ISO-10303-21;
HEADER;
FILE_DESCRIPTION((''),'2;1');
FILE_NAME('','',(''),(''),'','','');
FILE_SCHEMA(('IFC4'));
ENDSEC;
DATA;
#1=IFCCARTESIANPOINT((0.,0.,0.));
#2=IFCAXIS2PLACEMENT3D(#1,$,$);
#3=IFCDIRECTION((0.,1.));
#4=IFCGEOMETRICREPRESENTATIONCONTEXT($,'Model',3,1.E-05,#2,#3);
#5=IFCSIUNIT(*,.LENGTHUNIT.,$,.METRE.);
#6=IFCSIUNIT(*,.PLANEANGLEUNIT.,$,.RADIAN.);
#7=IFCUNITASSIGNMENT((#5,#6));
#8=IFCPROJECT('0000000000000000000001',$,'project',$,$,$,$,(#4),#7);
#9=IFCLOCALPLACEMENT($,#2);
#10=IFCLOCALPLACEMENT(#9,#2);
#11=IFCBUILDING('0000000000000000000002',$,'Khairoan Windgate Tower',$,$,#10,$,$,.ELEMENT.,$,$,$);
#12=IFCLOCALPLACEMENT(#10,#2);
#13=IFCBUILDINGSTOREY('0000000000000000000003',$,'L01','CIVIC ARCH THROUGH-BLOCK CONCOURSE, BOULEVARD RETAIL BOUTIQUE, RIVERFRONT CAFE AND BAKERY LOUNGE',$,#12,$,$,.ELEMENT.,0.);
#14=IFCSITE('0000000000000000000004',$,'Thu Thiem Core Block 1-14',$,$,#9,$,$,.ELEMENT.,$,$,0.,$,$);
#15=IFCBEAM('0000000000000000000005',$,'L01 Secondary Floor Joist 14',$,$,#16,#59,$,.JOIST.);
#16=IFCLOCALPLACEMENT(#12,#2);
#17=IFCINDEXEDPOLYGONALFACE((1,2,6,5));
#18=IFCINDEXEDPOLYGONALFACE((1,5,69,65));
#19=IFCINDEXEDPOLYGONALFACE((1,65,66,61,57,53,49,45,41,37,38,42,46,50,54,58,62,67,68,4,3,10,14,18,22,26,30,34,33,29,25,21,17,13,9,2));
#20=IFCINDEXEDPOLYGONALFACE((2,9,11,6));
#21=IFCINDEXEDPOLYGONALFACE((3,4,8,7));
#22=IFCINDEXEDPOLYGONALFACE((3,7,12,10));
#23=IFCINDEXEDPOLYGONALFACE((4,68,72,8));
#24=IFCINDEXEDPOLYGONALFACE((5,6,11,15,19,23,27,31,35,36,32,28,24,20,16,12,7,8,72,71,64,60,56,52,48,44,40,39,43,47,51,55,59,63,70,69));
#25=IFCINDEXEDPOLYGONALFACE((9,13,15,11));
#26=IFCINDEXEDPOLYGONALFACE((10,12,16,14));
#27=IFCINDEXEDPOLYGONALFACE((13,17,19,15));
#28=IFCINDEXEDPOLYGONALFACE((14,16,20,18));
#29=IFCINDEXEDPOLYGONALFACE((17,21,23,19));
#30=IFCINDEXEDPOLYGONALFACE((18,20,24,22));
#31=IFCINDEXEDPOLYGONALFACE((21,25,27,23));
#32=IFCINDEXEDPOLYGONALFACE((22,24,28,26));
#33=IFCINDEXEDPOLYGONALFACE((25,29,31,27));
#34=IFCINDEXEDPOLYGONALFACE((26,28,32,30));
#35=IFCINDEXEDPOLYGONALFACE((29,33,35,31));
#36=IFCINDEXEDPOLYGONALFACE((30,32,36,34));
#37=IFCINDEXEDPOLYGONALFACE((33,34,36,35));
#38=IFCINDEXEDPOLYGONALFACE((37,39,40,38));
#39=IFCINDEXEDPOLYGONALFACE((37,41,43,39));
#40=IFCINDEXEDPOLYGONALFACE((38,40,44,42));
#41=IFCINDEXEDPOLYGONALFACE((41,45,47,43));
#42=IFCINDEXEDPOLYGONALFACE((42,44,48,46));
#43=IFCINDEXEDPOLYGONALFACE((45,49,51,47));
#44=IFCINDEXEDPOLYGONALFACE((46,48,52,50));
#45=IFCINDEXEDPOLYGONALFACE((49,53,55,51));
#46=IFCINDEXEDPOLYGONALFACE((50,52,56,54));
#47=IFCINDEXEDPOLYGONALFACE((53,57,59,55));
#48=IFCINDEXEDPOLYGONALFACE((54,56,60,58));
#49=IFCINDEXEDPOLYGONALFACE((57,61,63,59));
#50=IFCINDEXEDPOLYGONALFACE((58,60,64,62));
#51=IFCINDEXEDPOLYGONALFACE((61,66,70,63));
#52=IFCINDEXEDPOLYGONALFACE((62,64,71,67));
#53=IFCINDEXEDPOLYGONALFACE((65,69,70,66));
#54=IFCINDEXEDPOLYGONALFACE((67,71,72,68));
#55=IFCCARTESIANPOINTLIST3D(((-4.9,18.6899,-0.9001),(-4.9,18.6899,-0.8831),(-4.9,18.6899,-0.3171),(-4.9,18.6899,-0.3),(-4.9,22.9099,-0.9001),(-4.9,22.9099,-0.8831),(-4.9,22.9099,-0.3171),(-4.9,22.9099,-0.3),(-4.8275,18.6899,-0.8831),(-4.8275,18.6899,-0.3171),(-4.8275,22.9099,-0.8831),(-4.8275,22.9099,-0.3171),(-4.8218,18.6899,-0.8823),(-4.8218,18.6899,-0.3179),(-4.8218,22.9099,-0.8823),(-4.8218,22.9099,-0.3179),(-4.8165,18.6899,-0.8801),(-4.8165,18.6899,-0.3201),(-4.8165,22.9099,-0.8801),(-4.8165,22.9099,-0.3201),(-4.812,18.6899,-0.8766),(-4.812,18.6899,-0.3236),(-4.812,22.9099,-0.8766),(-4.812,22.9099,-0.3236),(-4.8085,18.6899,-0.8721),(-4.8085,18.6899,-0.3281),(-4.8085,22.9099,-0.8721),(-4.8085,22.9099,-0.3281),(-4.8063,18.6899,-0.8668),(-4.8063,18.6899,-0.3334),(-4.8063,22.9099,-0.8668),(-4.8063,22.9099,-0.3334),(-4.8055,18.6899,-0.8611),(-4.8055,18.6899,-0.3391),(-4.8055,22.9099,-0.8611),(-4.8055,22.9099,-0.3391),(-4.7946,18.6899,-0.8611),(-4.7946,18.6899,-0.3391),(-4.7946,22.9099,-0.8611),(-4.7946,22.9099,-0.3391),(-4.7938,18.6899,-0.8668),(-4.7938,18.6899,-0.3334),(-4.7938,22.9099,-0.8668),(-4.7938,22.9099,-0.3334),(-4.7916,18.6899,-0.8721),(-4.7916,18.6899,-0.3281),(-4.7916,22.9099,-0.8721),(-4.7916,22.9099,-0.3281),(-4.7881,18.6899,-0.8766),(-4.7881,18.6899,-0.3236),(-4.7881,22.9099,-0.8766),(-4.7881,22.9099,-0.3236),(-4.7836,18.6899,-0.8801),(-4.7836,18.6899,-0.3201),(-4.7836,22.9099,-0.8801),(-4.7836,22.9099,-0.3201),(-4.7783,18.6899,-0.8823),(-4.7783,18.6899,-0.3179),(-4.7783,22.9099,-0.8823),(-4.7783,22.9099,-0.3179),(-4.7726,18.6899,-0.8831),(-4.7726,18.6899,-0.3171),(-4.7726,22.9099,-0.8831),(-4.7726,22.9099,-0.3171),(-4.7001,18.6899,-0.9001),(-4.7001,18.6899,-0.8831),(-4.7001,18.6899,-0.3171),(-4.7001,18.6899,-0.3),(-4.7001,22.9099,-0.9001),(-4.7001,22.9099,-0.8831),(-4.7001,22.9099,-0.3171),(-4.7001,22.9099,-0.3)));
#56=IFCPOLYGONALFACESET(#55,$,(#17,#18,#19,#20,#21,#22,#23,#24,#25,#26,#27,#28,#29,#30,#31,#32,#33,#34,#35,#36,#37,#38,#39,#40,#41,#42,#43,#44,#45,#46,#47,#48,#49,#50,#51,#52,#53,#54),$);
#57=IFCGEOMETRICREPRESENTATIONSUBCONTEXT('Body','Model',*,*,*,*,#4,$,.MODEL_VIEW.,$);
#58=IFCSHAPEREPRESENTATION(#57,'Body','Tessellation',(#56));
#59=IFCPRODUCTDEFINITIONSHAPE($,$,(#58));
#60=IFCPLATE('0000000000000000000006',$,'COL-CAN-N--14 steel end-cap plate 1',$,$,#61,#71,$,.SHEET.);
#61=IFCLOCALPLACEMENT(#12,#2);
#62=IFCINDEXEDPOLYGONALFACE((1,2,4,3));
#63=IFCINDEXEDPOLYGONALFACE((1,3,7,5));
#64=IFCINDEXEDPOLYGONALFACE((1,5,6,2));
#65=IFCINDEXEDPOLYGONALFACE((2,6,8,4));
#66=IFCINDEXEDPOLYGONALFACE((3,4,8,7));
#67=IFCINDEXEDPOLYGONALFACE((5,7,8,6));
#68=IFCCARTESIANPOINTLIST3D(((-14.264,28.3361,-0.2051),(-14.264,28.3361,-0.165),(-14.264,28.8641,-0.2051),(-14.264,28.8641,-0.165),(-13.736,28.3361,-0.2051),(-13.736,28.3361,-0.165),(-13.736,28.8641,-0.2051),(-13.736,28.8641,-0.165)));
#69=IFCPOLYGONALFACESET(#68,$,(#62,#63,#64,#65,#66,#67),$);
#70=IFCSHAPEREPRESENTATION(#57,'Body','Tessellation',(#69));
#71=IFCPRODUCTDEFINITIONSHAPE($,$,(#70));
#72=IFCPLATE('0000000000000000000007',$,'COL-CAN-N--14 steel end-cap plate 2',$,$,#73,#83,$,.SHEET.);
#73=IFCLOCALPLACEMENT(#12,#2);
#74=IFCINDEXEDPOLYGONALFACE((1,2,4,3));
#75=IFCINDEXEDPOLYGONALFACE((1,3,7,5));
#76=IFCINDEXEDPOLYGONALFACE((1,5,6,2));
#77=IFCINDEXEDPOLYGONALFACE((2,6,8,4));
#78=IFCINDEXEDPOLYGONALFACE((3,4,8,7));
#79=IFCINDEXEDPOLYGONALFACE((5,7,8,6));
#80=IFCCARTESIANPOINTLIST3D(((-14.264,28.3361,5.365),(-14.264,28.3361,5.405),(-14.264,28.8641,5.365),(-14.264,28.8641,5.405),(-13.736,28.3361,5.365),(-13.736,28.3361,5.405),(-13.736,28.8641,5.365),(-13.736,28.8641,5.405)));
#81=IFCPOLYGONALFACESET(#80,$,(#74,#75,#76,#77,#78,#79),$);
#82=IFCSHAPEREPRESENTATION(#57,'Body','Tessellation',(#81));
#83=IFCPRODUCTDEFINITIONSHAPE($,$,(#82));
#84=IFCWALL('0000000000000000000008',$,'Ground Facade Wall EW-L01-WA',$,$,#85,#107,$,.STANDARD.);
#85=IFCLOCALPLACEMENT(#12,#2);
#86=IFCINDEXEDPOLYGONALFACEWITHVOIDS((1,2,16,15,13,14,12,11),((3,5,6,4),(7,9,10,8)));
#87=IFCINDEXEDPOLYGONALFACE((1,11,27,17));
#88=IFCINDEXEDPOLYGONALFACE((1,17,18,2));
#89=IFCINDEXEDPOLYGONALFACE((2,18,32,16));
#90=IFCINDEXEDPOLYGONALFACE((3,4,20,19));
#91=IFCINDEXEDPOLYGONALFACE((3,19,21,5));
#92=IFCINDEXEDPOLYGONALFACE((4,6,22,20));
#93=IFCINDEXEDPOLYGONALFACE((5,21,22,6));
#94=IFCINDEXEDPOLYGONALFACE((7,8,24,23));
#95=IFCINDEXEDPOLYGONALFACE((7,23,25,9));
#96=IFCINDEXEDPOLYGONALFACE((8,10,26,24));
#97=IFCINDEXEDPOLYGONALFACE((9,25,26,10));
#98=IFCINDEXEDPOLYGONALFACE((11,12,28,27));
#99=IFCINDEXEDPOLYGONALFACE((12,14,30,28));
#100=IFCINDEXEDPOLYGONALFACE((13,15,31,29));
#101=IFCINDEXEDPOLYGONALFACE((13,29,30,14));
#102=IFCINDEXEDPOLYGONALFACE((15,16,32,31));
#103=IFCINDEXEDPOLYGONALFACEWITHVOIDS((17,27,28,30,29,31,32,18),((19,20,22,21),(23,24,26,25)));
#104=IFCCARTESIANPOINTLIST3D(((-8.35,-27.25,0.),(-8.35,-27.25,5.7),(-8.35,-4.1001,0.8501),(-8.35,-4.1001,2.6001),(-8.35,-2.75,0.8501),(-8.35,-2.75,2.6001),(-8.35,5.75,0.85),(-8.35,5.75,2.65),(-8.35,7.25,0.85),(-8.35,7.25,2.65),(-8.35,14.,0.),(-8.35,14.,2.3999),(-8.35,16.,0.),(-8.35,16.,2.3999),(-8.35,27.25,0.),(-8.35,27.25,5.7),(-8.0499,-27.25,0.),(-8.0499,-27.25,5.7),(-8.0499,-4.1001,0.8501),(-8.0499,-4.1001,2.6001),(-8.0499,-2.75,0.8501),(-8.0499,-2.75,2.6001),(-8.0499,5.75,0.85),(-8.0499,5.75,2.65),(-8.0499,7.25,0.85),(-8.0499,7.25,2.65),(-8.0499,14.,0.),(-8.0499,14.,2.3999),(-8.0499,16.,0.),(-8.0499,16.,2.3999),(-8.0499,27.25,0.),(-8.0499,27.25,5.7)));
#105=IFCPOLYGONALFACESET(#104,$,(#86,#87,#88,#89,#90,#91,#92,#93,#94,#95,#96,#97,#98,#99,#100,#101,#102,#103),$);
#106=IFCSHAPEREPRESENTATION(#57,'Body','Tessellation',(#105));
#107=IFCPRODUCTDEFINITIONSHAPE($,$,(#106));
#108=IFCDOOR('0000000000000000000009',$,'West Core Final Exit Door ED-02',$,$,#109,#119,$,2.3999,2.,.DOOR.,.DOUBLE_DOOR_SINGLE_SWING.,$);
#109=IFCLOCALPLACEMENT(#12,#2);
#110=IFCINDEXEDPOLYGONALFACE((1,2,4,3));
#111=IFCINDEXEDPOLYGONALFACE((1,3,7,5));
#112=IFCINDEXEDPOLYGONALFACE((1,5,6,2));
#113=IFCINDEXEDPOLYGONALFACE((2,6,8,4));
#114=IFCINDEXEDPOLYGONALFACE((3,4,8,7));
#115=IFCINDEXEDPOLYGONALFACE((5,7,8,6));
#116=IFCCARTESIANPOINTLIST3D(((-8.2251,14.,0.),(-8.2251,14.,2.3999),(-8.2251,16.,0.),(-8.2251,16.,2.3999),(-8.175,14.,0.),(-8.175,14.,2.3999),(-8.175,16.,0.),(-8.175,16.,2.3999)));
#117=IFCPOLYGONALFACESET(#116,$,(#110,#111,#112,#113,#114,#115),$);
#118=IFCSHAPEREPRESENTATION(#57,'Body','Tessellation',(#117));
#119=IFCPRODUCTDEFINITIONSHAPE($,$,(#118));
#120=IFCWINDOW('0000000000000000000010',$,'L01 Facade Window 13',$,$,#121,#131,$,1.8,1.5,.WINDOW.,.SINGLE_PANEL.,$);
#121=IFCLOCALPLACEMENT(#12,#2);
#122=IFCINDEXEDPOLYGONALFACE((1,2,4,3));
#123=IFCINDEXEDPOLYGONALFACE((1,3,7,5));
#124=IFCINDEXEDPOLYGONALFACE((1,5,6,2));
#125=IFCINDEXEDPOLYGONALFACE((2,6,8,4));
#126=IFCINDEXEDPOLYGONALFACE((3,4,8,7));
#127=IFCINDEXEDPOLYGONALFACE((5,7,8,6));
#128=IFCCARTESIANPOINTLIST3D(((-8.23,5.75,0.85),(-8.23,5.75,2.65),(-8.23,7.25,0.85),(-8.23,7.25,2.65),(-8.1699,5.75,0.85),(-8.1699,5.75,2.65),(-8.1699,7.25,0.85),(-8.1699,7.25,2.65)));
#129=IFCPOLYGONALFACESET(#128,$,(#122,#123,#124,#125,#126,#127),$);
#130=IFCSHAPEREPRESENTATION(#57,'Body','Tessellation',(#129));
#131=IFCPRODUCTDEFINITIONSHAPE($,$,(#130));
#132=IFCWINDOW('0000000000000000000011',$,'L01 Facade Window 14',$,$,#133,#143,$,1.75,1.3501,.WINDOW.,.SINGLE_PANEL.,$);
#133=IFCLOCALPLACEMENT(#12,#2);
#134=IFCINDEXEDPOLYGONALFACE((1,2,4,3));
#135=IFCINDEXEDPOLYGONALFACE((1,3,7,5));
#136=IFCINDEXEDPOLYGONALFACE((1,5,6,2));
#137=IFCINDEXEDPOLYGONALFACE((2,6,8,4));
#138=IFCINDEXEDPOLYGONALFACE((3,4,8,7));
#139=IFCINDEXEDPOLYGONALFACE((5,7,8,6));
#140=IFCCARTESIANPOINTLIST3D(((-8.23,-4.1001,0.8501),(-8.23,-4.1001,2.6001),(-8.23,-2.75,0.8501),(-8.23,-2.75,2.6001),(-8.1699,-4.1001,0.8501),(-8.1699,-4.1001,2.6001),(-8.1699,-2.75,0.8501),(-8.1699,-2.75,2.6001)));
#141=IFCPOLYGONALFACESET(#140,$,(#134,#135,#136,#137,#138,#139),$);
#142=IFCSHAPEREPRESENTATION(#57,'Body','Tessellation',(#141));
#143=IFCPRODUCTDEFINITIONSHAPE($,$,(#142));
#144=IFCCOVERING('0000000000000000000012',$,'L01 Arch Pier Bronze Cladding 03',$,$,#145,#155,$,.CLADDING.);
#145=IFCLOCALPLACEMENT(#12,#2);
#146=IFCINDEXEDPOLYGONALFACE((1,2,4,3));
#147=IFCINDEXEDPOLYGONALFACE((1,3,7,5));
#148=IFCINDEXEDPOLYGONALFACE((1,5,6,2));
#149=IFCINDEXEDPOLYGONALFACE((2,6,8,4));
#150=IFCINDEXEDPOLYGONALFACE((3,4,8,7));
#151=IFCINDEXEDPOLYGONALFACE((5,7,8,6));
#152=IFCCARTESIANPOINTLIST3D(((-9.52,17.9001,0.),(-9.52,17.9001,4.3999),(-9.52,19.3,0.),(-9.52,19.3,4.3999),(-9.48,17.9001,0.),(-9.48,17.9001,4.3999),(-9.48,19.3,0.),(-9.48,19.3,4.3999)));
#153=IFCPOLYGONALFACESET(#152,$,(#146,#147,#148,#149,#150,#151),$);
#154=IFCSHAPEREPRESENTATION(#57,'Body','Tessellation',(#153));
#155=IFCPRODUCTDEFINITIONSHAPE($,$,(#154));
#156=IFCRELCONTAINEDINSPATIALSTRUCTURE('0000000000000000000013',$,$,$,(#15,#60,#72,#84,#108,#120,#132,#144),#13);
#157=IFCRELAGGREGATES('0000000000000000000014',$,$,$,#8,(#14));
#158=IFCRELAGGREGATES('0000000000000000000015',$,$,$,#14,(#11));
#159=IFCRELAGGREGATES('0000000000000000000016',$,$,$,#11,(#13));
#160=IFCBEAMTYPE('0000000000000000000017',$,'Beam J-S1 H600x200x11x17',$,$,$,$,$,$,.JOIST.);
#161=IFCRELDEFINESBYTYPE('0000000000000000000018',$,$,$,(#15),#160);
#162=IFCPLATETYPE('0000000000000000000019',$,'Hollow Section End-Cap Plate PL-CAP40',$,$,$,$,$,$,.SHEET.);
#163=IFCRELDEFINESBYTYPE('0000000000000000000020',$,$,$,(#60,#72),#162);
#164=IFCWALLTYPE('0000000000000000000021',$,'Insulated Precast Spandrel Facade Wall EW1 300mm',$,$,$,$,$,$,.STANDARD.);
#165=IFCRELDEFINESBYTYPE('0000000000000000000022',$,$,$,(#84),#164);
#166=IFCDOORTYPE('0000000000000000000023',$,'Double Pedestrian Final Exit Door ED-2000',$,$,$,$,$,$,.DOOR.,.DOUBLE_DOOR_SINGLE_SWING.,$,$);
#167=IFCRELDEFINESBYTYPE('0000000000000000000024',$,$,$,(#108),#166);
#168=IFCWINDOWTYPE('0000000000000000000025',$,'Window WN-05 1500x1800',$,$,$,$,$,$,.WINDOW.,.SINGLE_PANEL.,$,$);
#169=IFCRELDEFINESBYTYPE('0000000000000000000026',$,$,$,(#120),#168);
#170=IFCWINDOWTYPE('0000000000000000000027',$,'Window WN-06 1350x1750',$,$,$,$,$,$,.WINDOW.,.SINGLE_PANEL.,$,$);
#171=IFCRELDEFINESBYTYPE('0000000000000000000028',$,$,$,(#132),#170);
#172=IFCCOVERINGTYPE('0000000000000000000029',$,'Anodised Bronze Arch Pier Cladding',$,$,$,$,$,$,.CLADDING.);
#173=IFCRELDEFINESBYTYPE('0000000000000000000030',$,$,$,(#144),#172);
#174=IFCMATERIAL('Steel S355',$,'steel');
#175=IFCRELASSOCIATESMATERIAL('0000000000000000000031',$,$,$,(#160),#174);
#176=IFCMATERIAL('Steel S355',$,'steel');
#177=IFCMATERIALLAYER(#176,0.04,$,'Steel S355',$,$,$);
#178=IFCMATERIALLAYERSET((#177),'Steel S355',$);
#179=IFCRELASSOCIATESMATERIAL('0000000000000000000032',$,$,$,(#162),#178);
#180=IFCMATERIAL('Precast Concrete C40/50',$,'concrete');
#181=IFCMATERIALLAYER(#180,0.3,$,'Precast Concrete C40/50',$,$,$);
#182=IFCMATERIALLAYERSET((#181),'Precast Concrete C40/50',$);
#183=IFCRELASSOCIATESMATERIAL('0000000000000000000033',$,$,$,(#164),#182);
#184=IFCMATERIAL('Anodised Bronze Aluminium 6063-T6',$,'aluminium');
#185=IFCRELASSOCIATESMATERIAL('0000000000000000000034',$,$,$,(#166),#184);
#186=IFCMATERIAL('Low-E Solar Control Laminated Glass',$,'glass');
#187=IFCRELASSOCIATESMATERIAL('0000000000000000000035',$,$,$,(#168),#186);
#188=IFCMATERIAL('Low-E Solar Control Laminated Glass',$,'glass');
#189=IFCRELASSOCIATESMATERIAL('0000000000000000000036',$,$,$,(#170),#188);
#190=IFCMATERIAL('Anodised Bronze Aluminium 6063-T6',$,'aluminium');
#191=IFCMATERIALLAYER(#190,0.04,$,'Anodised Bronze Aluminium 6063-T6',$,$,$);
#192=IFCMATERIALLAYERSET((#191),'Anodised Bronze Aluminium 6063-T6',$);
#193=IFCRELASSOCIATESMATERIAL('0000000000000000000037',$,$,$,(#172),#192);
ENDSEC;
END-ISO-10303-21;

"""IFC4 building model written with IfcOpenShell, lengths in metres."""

from ifc_helpers import new_model, si_unit, direction, frame, frame_2d, origin, origin_2d, place, context, subcontext, project, spatial, rectangle, i_section, extrude, material, layer, layer_set, material_profile, profile_set, type_object, element, fill, save


model = new_model("IFC4")

# Units and contexts
model_context = context("Model", 3, precision=1e-05, world=origin(), true_north=direction((0.0, 1.0)))
body_context = subcontext(model_context, "Body", "Model", "MODEL_VIEW")
ifc_project = project(units=[si_unit("LENGTHUNIT", "METRE"), si_unit("PLANEANGLEUNIT", "RADIAN")], contexts=[model_context])

# Site, building, storey
site_placement = place(None, origin())
site = spatial("IfcSite", under=ifc_project, at=site_placement, Name="Thu Thiem Core Block 1-14", CompositionType="ELEMENT", RefElevation=0.0)
building_placement = place(site_placement, origin())
building = spatial("IfcBuilding", under=site, at=building_placement, Name="Khairoan Windgate Tower", CompositionType="ELEMENT")
storey_placement = place(building_placement, origin())
storey = spatial("IfcBuildingStorey", under=building, at=storey_placement, Name="L01", Description="CIVIC ARCH THROUGH-BLOCK CONCOURSE, BOULEVARD RETAIL BOUTIQUE, RIVERFRONT CAFE AND BAKERY LOUNGE", CompositionType="ELEMENT", Elevation=0.0)

# Beam
ifc_material_1 = material(Name="Steel S355", Category="steel")
ifc_material_profile_1 = material_profile(ifc_material_1, i_section(OverallWidth=0.2, OverallDepth=0.6001, WebThickness=0.011, FlangeThickness=0.0171, FilletRadius=0.022, at=origin_2d()))
ifc_profile_set_1 = profile_set([ifc_material_profile_1], Name="Steel S355")
beam_type_1 = type_object("IfcBeamType", Name="Beam J-S1 H600x200x11x17", PredefinedType="JOIST", material=ifc_profile_set_1)
beam_1_placement = place(storey_placement, frame((-4.8, 18.6899, -0.6001), z_axis=(0.0, 1.0, 0.0), x_axis=(-1.0, 0.0, 0.0)))
element("IfcBeam", 1, at=beam_1_placement, inside=storey, type_object=beam_type_1, Name="L01 Secondary Floor Joist 14", PredefinedType="JOIST", context=body_context, shape_type="SweptSolid", body=[
    extrude(i_section(OverallWidth=0.2, OverallDepth=0.6001, WebThickness=0.011, FlangeThickness=0.0171, FilletRadius=0.022, at=origin_2d()), origin(), (0.0, 0.0, 1.0), 4.22),
])

# Plates
ifc_material_2 = material(Name="Steel S355", Category="steel")
ifc_layer_1 = layer(ifc_material_2, 0.04, Name="Steel S355")
ifc_layer_set_1 = layer_set([ifc_layer_1], Name="Steel S355")
plate_type = type_object("IfcPlateType", Name="Hollow Section End-Cap Plate PL-CAP40", PredefinedType="SHEET", material=ifc_layer_set_1)
for number, where, z_axis, x_axis, name in (
    (2, (-14.0, 28.6001, -0.2051), (0.0, 0.0, 1.0), (1.0, 0.0, 0.0), "COL-CAN-N--14 steel end-cap plate 1"),
    (3, (-14.0, 28.6001, 5.365), (0.0, 0.0, 1.0), (1.0, 0.0, 0.0), "COL-CAN-N--14 steel end-cap plate 2"),
):
    element("IfcPlate", number, at=place(storey_placement, frame(where, z_axis=z_axis, x_axis=x_axis)), inside=storey, type_object=plate_type, Name=name, PredefinedType="SHEET", context=body_context, shape_type="SweptSolid", body=[
        extrude(rectangle(XDim=0.5281, YDim=0.5281, at=origin_2d()), origin(), (0.0, 0.0, 1.0), 0.04),
    ])

# Wall, openings, door, windows
ifc_material_3 = material(Name="Precast Concrete C40/50", Category="concrete")
ifc_layer_2 = layer(ifc_material_3, 0.3, Name="Precast Concrete C40/50")
ifc_layer_set_2 = layer_set([ifc_layer_2], Name="Precast Concrete C40/50")
wall_type = type_object("IfcWallType", Name="Insulated Precast Spandrel Facade Wall EW1 300mm", PredefinedType="STANDARD", material=ifc_layer_set_2)
wall_placement = place(storey_placement, frame((-8.2, 27.25, 0.0), z_axis=(0.0, 0.0, 1.0), x_axis=(0.0, -1.0, 0.0)))
wall = element("IfcWall", 4, at=wall_placement, inside=storey, type_object=wall_type, Name="Ground Facade Wall EW-L01-WA", PredefinedType="STANDARD", context=body_context, shape_type="SweptSolid", body=[
    extrude(rectangle(XDim=54.5, YDim=0.3, at=frame_2d((27.25, 0.0))), origin(), (0.0, 0.0, 1.0), 5.7),
])
opening_1_placement = place(wall_placement, frame((11.25, 0.0, 0.0)))
opening_1 = element("IfcOpeningElement", 5, at=opening_1_placement, cuts=wall, PredefinedType="OPENING", context=body_context, shape_type="SweptSolid", body=[
    extrude(rectangle(XDim=2.0, YDim=2.3999, at=frame_2d((1.0, 1.2))), frame((0.0, 0.1599, 0.0), z_axis=(0.0, -1.0, 0.0), x_axis=(1.0, 0.0, 0.0)), (0.0, 0.0, 1.0), 0.3201),
])
opening_2_placement = place(wall_placement, frame((20.0, 0.0, 0.8501)))
opening_2 = element("IfcOpeningElement", 6, at=opening_2_placement, cuts=wall, PredefinedType="OPENING", context=body_context, shape_type="SweptSolid", body=[
    extrude(rectangle(XDim=1.5, YDim=1.8, at=frame_2d((0.75, 0.8999))), frame((0.0, 0.1599, 0.0), z_axis=(0.0, -1.0, 0.0), x_axis=(1.0, 0.0, 0.0)), (0.0, 0.0, 1.0), 0.3201),
])
opening_3_placement = place(wall_placement, frame((30.0, 0.0, 0.8501)))
opening_3 = element("IfcOpeningElement", 7, at=opening_3_placement, cuts=wall, PredefinedType="OPENING", context=body_context, shape_type="SweptSolid", body=[
    extrude(rectangle(XDim=1.3501, YDim=1.75, at=frame_2d((0.675, 0.875))), frame((0.0, 0.1599, 0.0), z_axis=(0.0, -1.0, 0.0), x_axis=(1.0, 0.0, 0.0)), (0.0, 0.0, 1.0), 0.3201),
])
ifc_material_4 = material(Name="Anodised Bronze Aluminium 6063-T6", Category="aluminium")
door_type = type_object("IfcDoorType", Name="Double Pedestrian Final Exit Door ED-2000", OperationType="DOUBLE_DOOR_SINGLE_SWING", PredefinedType="DOOR", material=ifc_material_4)
door_placement = place(opening_1_placement, origin())
door = element("IfcDoor", 8, at=door_placement, inside=storey, type_object=door_type, Name="West Core Final Exit Door ED-02", OperationType="DOUBLE_DOOR_SINGLE_SWING", OverallHeight=2.3999, OverallWidth=2.0, PredefinedType="DOOR", context=body_context, shape_type="SweptSolid", body=[
    extrude(rectangle(XDim=2.0, YDim=2.3999, at=frame_2d((1.0, 1.2))), frame((0.0, 0.0249, 0.0), z_axis=(0.0, -1.0, 0.0), x_axis=(1.0, 0.0, 0.0)), (0.0, 0.0, 1.0), 0.05),
])
fill(opening_1, door)
ifc_material_5 = material(Name="Low-E Solar Control Laminated Glass", Category="glass")
window_type_1 = type_object("IfcWindowType", Name="Window WN-05 1500x1800", PartitioningType="SINGLE_PANEL", PredefinedType="WINDOW", material=ifc_material_5)
window_1_placement = place(opening_2_placement, origin())
window_1 = element("IfcWindow", 9, at=window_1_placement, inside=storey, type_object=window_type_1, Name="L01 Facade Window 13", OverallHeight=1.8, OverallWidth=1.5, PartitioningType="SINGLE_PANEL", PredefinedType="WINDOW", context=body_context, shape_type="SweptSolid", body=[
    extrude(rectangle(XDim=1.5, YDim=1.8, at=frame_2d((0.75, 0.8999))), frame((0.0, 0.03, 0.0), z_axis=(0.0, -1.0, 0.0), x_axis=(1.0, 0.0, 0.0)), (0.0, 0.0, 1.0), 0.0601),
])
fill(opening_2, window_1)
ifc_material_6 = material(Name="Low-E Solar Control Laminated Glass", Category="glass")
window_type_2 = type_object("IfcWindowType", Name="Window WN-06 1350x1750", PartitioningType="SINGLE_PANEL", PredefinedType="WINDOW", material=ifc_material_6)
window_2_placement = place(opening_3_placement, origin())
window_2 = element("IfcWindow", 10, at=window_2_placement, inside=storey, type_object=window_type_2, Name="L01 Facade Window 14", OverallHeight=1.75, OverallWidth=1.3501, PartitioningType="SINGLE_PANEL", PredefinedType="WINDOW", context=body_context, shape_type="SweptSolid", body=[
    extrude(rectangle(XDim=1.3501, YDim=1.75, at=frame_2d((0.675, 0.875))), frame((0.0, 0.03, 0.0), z_axis=(0.0, -1.0, 0.0), x_axis=(1.0, 0.0, 0.0)), (0.0, 0.0, 1.0), 0.0601),
])
fill(opening_3, window_2)

# Covering
ifc_material_7 = material(Name="Anodised Bronze Aluminium 6063-T6", Category="aluminium")
ifc_layer_3 = layer(ifc_material_7, 0.04, Name="Anodised Bronze Aluminium 6063-T6")
ifc_layer_set_3 = layer_set([ifc_layer_3], Name="Anodised Bronze Aluminium 6063-T6")
covering_type = type_object("IfcCoveringType", Name="Anodised Bronze Arch Pier Cladding", PredefinedType="CLADDING", material=ifc_layer_set_3)
covering_placement = place(storey_placement, frame((-9.5, 18.6001, 0.0), z_axis=(0.0, 0.0, 1.0), x_axis=(1.0, 0.0, 0.0)))
element("IfcCovering", 11, at=covering_placement, inside=storey, type_object=covering_type, Name="L01 Arch Pier Bronze Cladding 03", PredefinedType="CLADDING", context=body_context, shape_type="SweptSolid", body=[
    extrude(rectangle(XDim=0.04, YDim=1.3999, at=origin_2d()), origin(), (0.0, 0.0, 1.0), 4.3999),
])

save(model, "model.ifc")
